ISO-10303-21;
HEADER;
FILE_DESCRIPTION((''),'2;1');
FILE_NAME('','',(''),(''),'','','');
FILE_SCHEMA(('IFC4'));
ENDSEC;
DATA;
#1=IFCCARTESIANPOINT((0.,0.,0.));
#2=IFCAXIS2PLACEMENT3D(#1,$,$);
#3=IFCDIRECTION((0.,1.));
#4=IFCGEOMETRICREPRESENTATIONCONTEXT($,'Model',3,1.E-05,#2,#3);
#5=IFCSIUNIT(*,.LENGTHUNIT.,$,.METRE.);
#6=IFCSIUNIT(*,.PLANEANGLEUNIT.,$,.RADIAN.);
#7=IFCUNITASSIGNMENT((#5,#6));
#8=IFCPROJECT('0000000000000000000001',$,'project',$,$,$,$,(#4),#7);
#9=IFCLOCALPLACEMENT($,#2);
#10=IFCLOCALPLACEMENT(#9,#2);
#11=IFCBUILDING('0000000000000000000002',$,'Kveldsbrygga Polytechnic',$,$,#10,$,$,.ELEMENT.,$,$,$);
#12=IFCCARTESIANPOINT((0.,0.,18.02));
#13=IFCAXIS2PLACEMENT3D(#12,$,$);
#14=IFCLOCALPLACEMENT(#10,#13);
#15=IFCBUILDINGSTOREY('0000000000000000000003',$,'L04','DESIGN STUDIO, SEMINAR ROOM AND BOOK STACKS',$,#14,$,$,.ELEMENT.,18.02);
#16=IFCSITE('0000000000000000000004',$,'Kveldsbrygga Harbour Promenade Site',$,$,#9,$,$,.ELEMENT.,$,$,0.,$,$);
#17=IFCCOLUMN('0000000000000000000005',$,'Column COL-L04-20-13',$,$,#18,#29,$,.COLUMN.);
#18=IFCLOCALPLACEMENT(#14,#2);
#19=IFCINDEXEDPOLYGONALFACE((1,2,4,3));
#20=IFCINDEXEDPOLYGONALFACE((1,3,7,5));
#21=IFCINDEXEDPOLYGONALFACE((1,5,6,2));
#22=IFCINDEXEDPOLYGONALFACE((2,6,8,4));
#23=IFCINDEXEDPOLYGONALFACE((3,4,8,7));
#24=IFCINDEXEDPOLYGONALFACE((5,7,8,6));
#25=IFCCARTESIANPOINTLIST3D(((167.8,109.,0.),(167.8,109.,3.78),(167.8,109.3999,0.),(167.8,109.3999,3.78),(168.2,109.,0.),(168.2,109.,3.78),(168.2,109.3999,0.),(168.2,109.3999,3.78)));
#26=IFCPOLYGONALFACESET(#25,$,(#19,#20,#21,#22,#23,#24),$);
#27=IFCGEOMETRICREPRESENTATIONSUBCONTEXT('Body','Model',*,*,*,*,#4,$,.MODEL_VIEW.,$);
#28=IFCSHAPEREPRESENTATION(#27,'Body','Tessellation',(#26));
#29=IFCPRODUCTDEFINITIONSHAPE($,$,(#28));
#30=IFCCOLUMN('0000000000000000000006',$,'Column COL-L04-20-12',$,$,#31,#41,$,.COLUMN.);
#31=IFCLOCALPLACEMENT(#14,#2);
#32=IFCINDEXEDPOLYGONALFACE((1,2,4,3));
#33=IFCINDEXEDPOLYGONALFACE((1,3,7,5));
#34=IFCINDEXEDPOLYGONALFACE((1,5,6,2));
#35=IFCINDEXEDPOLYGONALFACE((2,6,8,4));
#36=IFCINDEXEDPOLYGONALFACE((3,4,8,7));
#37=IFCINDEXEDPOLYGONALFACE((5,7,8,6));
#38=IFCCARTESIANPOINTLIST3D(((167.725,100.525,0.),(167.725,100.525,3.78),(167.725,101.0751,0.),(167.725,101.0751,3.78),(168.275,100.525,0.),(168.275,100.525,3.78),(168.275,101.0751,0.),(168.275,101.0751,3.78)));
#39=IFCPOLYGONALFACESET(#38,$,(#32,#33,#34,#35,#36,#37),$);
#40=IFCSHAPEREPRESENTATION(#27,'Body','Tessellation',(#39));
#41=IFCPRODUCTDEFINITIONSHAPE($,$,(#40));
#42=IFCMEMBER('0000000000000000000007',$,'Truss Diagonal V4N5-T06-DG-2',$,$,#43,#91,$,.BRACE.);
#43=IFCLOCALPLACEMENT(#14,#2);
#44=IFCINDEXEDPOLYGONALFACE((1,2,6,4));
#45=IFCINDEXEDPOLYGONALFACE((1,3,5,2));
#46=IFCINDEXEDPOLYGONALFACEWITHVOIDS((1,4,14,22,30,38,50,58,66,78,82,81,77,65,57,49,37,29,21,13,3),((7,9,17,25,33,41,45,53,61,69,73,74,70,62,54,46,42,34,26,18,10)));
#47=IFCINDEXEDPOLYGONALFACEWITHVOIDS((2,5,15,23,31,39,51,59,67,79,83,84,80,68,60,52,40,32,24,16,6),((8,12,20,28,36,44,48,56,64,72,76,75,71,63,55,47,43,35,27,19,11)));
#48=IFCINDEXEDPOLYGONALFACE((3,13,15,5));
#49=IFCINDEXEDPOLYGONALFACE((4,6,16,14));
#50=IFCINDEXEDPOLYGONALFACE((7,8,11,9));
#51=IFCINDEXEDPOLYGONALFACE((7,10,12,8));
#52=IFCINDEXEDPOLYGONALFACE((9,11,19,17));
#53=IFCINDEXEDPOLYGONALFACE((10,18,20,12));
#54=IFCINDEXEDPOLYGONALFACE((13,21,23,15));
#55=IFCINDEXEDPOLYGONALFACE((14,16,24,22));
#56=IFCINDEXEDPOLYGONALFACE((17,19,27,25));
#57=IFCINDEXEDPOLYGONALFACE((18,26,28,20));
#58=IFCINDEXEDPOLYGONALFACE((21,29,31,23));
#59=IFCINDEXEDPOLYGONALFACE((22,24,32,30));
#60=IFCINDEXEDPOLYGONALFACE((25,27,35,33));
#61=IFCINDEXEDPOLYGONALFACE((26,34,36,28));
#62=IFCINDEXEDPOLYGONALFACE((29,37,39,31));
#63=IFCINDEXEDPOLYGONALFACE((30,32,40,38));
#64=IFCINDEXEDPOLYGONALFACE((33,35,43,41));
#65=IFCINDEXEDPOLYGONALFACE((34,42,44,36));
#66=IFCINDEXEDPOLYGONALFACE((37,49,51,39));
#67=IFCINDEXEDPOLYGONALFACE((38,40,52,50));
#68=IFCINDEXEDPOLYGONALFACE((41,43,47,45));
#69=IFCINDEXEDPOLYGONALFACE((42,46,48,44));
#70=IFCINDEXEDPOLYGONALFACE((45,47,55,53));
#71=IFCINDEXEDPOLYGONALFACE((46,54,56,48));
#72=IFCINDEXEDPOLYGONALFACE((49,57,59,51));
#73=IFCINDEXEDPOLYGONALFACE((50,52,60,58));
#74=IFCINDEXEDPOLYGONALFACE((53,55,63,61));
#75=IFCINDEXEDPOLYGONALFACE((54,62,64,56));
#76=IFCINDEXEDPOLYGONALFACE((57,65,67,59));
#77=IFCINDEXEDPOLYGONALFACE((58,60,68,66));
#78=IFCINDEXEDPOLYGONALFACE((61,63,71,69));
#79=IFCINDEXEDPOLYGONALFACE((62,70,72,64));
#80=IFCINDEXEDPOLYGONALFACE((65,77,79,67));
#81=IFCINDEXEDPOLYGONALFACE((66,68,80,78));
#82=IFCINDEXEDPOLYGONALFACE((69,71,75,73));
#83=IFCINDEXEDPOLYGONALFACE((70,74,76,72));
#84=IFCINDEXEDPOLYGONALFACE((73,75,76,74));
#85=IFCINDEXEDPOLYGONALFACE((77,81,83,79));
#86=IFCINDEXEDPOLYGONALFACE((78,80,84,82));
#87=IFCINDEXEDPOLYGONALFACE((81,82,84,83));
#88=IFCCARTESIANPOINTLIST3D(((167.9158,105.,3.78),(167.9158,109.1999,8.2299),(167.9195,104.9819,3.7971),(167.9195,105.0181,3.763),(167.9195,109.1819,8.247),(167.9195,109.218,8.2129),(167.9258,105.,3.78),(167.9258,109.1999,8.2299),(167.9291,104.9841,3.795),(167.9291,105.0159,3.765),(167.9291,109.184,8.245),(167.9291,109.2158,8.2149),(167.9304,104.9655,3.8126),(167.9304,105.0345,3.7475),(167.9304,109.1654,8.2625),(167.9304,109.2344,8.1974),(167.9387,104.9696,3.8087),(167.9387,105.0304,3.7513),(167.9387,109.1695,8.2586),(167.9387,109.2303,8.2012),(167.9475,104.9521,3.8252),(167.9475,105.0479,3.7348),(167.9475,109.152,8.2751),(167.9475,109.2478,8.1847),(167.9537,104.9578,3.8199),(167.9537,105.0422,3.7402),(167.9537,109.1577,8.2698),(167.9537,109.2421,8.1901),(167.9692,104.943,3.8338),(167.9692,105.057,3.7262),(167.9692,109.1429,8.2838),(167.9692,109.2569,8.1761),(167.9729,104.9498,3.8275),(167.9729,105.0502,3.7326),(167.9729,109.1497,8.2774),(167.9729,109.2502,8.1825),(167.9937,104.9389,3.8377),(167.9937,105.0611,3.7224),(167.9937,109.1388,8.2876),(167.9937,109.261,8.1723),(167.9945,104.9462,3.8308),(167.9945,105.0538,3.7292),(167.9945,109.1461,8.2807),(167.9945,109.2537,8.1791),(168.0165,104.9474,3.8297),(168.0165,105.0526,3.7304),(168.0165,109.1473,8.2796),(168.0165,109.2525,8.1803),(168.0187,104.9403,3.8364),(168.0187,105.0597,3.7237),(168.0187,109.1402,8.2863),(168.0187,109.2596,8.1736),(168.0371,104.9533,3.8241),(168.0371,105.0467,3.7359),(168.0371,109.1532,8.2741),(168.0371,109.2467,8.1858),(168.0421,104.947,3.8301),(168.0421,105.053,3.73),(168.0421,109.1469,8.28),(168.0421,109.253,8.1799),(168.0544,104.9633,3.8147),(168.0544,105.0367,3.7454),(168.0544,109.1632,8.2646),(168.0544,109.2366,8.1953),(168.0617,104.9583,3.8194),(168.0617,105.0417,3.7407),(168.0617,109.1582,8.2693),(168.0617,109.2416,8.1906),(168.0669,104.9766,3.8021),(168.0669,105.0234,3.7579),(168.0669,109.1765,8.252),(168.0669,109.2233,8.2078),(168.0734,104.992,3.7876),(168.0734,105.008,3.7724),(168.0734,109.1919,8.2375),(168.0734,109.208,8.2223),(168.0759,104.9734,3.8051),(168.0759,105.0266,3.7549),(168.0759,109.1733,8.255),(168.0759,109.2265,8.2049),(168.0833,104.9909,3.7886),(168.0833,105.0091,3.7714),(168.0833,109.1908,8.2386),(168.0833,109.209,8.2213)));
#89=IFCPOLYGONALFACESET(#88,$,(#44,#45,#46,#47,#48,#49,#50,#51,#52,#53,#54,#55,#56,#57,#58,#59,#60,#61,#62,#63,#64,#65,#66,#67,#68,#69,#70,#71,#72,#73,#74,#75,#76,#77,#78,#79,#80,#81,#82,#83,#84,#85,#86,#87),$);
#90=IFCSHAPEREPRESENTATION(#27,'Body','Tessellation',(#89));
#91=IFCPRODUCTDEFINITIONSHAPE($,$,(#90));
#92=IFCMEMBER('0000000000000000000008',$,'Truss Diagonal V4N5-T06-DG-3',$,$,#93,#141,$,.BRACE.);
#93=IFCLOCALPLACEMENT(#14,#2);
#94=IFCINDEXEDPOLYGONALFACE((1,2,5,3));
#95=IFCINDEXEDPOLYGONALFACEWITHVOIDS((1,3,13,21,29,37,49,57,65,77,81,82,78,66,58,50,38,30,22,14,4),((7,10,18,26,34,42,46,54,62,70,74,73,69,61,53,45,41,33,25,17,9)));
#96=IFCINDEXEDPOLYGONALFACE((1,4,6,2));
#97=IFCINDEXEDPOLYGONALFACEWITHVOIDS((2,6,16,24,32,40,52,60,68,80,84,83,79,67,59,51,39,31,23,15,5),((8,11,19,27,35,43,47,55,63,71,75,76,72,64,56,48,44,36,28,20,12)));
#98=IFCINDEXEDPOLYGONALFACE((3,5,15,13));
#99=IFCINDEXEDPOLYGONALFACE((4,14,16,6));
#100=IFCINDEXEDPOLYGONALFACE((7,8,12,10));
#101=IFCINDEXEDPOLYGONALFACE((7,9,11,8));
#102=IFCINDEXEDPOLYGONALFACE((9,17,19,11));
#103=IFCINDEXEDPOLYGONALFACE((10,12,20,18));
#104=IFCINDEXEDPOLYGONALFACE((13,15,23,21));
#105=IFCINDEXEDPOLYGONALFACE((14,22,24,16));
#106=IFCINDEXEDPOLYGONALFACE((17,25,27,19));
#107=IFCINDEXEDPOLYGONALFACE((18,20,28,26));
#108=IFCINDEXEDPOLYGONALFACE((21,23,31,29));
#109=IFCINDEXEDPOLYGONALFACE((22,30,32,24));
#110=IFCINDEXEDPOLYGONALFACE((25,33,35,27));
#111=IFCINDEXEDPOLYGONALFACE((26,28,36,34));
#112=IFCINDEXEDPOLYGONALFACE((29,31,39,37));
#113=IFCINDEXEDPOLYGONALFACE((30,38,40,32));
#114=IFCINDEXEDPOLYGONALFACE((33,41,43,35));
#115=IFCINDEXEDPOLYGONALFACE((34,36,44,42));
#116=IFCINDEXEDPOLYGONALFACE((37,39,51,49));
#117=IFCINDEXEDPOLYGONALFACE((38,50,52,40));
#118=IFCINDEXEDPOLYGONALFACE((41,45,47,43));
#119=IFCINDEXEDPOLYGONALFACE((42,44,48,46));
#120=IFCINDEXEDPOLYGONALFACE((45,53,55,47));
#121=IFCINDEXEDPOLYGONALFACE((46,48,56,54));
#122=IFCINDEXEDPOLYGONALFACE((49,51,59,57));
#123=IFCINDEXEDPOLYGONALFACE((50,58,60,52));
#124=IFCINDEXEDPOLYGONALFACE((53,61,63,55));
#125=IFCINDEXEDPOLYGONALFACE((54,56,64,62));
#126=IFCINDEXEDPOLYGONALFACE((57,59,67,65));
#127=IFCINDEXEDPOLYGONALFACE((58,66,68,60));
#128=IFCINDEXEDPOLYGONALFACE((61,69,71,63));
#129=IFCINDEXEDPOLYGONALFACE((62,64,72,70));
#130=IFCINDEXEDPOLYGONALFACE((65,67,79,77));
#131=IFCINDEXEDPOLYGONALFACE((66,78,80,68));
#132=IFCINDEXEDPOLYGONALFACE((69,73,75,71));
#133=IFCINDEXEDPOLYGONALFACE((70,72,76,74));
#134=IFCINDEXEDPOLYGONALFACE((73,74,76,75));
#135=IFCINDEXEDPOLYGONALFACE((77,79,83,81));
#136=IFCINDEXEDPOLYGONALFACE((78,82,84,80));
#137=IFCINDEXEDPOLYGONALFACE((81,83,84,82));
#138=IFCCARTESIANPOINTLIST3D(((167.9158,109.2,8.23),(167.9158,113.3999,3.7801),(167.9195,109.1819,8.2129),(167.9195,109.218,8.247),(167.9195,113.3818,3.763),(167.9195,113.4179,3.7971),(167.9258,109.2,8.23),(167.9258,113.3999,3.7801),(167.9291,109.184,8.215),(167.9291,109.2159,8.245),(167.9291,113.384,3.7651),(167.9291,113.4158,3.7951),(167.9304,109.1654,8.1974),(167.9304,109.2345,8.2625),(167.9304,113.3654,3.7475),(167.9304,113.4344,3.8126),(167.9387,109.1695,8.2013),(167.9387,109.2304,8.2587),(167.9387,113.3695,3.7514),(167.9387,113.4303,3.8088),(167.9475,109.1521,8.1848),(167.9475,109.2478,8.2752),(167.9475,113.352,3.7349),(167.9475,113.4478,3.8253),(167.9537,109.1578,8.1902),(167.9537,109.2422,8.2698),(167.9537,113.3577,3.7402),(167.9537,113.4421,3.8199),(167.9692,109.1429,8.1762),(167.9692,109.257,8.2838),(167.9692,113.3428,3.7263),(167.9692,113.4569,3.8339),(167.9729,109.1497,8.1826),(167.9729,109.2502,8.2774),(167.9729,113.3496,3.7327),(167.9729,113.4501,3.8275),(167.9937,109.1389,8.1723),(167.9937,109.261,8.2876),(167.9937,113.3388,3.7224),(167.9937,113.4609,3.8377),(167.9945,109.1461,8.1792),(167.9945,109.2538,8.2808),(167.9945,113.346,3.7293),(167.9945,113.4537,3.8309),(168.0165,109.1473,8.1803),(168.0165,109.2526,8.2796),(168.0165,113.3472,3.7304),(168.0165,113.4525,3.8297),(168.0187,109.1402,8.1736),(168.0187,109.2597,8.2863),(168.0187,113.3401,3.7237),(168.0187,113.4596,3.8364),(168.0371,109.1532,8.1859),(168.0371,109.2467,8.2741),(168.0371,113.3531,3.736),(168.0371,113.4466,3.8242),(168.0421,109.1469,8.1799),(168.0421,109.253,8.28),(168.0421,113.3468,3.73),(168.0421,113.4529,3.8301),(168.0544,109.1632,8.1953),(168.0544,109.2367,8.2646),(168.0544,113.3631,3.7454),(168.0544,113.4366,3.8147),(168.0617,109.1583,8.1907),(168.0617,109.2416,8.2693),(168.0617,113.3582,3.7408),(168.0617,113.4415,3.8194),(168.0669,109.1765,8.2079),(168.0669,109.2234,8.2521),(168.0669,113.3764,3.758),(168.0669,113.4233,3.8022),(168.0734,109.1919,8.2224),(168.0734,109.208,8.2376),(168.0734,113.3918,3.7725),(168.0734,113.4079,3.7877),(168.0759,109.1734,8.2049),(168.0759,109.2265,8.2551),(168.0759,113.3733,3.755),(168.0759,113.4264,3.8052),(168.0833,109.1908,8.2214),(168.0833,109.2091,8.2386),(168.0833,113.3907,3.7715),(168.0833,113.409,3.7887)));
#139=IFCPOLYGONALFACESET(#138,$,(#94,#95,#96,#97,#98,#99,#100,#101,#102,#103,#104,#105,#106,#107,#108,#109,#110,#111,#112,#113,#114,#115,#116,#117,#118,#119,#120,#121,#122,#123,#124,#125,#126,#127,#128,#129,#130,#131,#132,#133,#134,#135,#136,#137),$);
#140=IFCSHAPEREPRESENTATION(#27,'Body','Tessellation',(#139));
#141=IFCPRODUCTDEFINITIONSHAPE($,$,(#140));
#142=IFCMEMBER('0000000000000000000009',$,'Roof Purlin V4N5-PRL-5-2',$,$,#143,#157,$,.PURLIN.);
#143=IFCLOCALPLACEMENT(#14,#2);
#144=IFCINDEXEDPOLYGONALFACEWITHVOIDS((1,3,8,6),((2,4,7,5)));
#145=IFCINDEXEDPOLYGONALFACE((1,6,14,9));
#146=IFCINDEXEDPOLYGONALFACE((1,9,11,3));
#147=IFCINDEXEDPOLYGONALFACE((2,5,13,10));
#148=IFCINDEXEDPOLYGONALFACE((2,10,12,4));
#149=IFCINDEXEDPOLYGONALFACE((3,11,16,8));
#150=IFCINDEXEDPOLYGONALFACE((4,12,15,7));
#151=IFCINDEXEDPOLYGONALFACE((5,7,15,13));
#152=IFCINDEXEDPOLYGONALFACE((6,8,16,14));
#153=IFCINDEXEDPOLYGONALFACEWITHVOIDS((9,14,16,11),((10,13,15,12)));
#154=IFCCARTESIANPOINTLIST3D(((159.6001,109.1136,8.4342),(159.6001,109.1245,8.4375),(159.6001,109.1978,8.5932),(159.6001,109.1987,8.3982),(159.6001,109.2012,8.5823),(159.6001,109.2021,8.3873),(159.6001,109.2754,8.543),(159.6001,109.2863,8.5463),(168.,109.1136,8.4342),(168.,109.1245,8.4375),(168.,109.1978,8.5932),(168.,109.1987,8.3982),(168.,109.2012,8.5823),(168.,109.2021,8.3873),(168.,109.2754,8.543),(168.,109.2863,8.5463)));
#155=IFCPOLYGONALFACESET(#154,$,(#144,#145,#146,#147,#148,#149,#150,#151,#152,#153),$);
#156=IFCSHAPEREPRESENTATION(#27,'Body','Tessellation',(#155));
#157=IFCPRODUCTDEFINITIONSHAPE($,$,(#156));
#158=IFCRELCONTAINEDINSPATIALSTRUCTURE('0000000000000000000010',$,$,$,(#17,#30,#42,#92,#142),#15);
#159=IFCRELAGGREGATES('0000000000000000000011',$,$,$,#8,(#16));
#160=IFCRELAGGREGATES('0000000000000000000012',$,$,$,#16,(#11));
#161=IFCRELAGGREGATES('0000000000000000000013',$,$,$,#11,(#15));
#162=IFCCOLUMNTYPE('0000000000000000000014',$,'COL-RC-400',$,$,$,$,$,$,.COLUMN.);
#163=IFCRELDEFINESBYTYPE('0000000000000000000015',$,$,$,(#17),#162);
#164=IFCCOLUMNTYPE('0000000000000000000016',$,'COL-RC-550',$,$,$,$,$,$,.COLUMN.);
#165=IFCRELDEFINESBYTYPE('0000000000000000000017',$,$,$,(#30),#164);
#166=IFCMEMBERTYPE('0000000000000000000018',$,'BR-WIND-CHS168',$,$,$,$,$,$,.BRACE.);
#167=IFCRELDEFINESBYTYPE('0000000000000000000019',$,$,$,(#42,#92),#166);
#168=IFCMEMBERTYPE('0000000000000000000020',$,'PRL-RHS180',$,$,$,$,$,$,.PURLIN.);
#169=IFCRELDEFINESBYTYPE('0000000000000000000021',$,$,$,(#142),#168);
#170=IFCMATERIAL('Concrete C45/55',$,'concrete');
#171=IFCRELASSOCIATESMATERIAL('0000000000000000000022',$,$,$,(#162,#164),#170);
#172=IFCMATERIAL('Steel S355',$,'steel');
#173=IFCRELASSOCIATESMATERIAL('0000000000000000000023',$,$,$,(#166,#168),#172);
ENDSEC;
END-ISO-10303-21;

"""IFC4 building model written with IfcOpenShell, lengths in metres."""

from ifc_helpers import new_model, si_unit, direction, frame, origin, origin_2d, place, context, subcontext, project, spatial, rectangle, hollow_rectangle, hollow_circle, extrude, material, material_profile, profile_set, type_object, element, save


model = new_model("IFC4")

# Units and contexts
model_context = context("Model", 3, precision=1e-05, world=origin(), true_north=direction((0.0, 1.0)))
body_context = subcontext(model_context, "Body", "Model", "MODEL_VIEW")
ifc_project = project(units=[si_unit("LENGTHUNIT", "METRE"), si_unit("PLANEANGLEUNIT", "RADIAN")], contexts=[model_context])

# Site, building, storey
site_placement = place(None, origin())
site = spatial("IfcSite", under=ifc_project, at=site_placement, Name="Kveldsbrygga Harbour Promenade Site", CompositionType="ELEMENT", RefElevation=0.0)
building_placement = place(site_placement, origin())
building = spatial("IfcBuilding", under=site, at=building_placement, Name="Kveldsbrygga Polytechnic", CompositionType="ELEMENT")
storey_placement = place(building_placement, frame((0.0, 0.0, 18.02)))
storey = spatial("IfcBuildingStorey", under=building, at=storey_placement, Name="L04", Description="DESIGN STUDIO, SEMINAR ROOM AND BOOK STACKS", CompositionType="ELEMENT", Elevation=18.02)

# Columns
ifc_material_1 = material(Name="Concrete C45/55", Category="concrete")
ifc_material_profile_1 = material_profile(ifc_material_1, rectangle(XDim=0.3999, YDim=0.3999, at=origin_2d()), Name="RC 400x400")
ifc_profile_set_1 = profile_set([ifc_material_profile_1], Name="Concrete C45/55")
column_type_1 = type_object("IfcColumnType", Name="COL-RC-400", PredefinedType="COLUMN", material=ifc_profile_set_1)
column_1_placement = place(storey_placement, frame((168.0, 109.2, 0.0), z_axis=(0.0, 0.0, 1.0), x_axis=(1.0, 0.0, 0.0)))
element("IfcColumn", 1, at=column_1_placement, inside=storey, type_object=column_type_1, Name="Column COL-L04-20-13", PredefinedType="COLUMN", context=body_context, shape_type="SweptSolid", body=[
    extrude(rectangle(XDim=0.3999, YDim=0.3999, at=origin_2d()), origin(), (0.0, 0.0, 1.0), 3.78),
])
ifc_material_profile_2 = material_profile(ifc_material_1, rectangle(XDim=0.55, YDim=0.55, at=origin_2d()), Name="RC 550x550")
ifc_profile_set_2 = profile_set([ifc_material_profile_2], Name="Concrete C45/55")
column_type_2 = type_object("IfcColumnType", Name="COL-RC-550", PredefinedType="COLUMN", material=ifc_profile_set_2)
column_2_placement = place(storey_placement, frame((168.0, 100.8, 0.0), z_axis=(0.0, 0.0, 1.0), x_axis=(1.0, 0.0, 0.0)))
element("IfcColumn", 2, at=column_2_placement, inside=storey, type_object=column_type_2, Name="Column COL-L04-20-12", PredefinedType="COLUMN", context=body_context, shape_type="SweptSolid", body=[
    extrude(rectangle(XDim=0.55, YDim=0.55, at=origin_2d()), origin(), (0.0, 0.0, 1.0), 3.78),
])

# Members
ifc_material_2 = material(Name="Steel S355", Category="steel")
ifc_material_profile_3 = material_profile(ifc_material_2, hollow_circle(Radius=0.0842, WallThickness=0.01, at=origin_2d()), Name="CHS 168.3x10.0")
ifc_profile_set_3 = profile_set([ifc_material_profile_3], Name="Steel S355")
member_type_1 = type_object("IfcMemberType", Name="BR-WIND-CHS168", PredefinedType="BRACE", material=ifc_profile_set_3)
for number, where, z_axis, x_axis, name in (
    (3, (168.0, 105.0, 3.78), (0.0, 0.686383, 0.72724), (-1.0, 0.0, 0.0), "Truss Diagonal V4N5-T06-DG-2"),
    (4, (168.0, 109.2, 8.23), (0.0, 0.686383, -0.72724), (-1.0, 0.0, 0.0), "Truss Diagonal V4N5-T06-DG-3"),
):
    element("IfcMember", number, at=place(storey_placement, frame(where, z_axis=z_axis, x_axis=x_axis)), inside=storey, type_object=member_type_1, Name=name, PredefinedType="BRACE", context=body_context, shape_type="SweptSolid", body=[
        extrude(hollow_circle(Radius=0.0842, WallThickness=0.01, at=origin_2d()), origin(), (0.0, 0.0, 1.0), 6.1189),
    ])
ifc_material_profile_4 = material_profile(ifc_material_2, hollow_rectangle(XDim=0.1001, YDim=0.1799, WallThickness=0.0081, at=origin_2d()), Name="RHS 180x100x8.0")
ifc_profile_set_4 = profile_set([ifc_material_profile_4], Name="Steel S355")
member_type_2 = type_object("IfcMemberType", Name="PRL-RHS180", PredefinedType="PURLIN", material=ifc_profile_set_4)
member_1_placement = place(storey_placement, frame((159.6001, 109.2, 8.4902), z_axis=(1.0, 0.0, 0.0), x_axis=(0.0, 0.88366, -0.468129)))
element("IfcMember", 5, at=member_1_placement, inside=storey, type_object=member_type_2, Name="Roof Purlin V4N5-PRL-5-2", PredefinedType="PURLIN", context=body_context, shape_type="SweptSolid", body=[
    extrude(hollow_rectangle(XDim=0.1001, YDim=0.1799, WallThickness=0.0081, at=origin_2d()), origin(), (0.0, 0.0, 1.0), 8.3999),
])

save(model, "model.ifc")
